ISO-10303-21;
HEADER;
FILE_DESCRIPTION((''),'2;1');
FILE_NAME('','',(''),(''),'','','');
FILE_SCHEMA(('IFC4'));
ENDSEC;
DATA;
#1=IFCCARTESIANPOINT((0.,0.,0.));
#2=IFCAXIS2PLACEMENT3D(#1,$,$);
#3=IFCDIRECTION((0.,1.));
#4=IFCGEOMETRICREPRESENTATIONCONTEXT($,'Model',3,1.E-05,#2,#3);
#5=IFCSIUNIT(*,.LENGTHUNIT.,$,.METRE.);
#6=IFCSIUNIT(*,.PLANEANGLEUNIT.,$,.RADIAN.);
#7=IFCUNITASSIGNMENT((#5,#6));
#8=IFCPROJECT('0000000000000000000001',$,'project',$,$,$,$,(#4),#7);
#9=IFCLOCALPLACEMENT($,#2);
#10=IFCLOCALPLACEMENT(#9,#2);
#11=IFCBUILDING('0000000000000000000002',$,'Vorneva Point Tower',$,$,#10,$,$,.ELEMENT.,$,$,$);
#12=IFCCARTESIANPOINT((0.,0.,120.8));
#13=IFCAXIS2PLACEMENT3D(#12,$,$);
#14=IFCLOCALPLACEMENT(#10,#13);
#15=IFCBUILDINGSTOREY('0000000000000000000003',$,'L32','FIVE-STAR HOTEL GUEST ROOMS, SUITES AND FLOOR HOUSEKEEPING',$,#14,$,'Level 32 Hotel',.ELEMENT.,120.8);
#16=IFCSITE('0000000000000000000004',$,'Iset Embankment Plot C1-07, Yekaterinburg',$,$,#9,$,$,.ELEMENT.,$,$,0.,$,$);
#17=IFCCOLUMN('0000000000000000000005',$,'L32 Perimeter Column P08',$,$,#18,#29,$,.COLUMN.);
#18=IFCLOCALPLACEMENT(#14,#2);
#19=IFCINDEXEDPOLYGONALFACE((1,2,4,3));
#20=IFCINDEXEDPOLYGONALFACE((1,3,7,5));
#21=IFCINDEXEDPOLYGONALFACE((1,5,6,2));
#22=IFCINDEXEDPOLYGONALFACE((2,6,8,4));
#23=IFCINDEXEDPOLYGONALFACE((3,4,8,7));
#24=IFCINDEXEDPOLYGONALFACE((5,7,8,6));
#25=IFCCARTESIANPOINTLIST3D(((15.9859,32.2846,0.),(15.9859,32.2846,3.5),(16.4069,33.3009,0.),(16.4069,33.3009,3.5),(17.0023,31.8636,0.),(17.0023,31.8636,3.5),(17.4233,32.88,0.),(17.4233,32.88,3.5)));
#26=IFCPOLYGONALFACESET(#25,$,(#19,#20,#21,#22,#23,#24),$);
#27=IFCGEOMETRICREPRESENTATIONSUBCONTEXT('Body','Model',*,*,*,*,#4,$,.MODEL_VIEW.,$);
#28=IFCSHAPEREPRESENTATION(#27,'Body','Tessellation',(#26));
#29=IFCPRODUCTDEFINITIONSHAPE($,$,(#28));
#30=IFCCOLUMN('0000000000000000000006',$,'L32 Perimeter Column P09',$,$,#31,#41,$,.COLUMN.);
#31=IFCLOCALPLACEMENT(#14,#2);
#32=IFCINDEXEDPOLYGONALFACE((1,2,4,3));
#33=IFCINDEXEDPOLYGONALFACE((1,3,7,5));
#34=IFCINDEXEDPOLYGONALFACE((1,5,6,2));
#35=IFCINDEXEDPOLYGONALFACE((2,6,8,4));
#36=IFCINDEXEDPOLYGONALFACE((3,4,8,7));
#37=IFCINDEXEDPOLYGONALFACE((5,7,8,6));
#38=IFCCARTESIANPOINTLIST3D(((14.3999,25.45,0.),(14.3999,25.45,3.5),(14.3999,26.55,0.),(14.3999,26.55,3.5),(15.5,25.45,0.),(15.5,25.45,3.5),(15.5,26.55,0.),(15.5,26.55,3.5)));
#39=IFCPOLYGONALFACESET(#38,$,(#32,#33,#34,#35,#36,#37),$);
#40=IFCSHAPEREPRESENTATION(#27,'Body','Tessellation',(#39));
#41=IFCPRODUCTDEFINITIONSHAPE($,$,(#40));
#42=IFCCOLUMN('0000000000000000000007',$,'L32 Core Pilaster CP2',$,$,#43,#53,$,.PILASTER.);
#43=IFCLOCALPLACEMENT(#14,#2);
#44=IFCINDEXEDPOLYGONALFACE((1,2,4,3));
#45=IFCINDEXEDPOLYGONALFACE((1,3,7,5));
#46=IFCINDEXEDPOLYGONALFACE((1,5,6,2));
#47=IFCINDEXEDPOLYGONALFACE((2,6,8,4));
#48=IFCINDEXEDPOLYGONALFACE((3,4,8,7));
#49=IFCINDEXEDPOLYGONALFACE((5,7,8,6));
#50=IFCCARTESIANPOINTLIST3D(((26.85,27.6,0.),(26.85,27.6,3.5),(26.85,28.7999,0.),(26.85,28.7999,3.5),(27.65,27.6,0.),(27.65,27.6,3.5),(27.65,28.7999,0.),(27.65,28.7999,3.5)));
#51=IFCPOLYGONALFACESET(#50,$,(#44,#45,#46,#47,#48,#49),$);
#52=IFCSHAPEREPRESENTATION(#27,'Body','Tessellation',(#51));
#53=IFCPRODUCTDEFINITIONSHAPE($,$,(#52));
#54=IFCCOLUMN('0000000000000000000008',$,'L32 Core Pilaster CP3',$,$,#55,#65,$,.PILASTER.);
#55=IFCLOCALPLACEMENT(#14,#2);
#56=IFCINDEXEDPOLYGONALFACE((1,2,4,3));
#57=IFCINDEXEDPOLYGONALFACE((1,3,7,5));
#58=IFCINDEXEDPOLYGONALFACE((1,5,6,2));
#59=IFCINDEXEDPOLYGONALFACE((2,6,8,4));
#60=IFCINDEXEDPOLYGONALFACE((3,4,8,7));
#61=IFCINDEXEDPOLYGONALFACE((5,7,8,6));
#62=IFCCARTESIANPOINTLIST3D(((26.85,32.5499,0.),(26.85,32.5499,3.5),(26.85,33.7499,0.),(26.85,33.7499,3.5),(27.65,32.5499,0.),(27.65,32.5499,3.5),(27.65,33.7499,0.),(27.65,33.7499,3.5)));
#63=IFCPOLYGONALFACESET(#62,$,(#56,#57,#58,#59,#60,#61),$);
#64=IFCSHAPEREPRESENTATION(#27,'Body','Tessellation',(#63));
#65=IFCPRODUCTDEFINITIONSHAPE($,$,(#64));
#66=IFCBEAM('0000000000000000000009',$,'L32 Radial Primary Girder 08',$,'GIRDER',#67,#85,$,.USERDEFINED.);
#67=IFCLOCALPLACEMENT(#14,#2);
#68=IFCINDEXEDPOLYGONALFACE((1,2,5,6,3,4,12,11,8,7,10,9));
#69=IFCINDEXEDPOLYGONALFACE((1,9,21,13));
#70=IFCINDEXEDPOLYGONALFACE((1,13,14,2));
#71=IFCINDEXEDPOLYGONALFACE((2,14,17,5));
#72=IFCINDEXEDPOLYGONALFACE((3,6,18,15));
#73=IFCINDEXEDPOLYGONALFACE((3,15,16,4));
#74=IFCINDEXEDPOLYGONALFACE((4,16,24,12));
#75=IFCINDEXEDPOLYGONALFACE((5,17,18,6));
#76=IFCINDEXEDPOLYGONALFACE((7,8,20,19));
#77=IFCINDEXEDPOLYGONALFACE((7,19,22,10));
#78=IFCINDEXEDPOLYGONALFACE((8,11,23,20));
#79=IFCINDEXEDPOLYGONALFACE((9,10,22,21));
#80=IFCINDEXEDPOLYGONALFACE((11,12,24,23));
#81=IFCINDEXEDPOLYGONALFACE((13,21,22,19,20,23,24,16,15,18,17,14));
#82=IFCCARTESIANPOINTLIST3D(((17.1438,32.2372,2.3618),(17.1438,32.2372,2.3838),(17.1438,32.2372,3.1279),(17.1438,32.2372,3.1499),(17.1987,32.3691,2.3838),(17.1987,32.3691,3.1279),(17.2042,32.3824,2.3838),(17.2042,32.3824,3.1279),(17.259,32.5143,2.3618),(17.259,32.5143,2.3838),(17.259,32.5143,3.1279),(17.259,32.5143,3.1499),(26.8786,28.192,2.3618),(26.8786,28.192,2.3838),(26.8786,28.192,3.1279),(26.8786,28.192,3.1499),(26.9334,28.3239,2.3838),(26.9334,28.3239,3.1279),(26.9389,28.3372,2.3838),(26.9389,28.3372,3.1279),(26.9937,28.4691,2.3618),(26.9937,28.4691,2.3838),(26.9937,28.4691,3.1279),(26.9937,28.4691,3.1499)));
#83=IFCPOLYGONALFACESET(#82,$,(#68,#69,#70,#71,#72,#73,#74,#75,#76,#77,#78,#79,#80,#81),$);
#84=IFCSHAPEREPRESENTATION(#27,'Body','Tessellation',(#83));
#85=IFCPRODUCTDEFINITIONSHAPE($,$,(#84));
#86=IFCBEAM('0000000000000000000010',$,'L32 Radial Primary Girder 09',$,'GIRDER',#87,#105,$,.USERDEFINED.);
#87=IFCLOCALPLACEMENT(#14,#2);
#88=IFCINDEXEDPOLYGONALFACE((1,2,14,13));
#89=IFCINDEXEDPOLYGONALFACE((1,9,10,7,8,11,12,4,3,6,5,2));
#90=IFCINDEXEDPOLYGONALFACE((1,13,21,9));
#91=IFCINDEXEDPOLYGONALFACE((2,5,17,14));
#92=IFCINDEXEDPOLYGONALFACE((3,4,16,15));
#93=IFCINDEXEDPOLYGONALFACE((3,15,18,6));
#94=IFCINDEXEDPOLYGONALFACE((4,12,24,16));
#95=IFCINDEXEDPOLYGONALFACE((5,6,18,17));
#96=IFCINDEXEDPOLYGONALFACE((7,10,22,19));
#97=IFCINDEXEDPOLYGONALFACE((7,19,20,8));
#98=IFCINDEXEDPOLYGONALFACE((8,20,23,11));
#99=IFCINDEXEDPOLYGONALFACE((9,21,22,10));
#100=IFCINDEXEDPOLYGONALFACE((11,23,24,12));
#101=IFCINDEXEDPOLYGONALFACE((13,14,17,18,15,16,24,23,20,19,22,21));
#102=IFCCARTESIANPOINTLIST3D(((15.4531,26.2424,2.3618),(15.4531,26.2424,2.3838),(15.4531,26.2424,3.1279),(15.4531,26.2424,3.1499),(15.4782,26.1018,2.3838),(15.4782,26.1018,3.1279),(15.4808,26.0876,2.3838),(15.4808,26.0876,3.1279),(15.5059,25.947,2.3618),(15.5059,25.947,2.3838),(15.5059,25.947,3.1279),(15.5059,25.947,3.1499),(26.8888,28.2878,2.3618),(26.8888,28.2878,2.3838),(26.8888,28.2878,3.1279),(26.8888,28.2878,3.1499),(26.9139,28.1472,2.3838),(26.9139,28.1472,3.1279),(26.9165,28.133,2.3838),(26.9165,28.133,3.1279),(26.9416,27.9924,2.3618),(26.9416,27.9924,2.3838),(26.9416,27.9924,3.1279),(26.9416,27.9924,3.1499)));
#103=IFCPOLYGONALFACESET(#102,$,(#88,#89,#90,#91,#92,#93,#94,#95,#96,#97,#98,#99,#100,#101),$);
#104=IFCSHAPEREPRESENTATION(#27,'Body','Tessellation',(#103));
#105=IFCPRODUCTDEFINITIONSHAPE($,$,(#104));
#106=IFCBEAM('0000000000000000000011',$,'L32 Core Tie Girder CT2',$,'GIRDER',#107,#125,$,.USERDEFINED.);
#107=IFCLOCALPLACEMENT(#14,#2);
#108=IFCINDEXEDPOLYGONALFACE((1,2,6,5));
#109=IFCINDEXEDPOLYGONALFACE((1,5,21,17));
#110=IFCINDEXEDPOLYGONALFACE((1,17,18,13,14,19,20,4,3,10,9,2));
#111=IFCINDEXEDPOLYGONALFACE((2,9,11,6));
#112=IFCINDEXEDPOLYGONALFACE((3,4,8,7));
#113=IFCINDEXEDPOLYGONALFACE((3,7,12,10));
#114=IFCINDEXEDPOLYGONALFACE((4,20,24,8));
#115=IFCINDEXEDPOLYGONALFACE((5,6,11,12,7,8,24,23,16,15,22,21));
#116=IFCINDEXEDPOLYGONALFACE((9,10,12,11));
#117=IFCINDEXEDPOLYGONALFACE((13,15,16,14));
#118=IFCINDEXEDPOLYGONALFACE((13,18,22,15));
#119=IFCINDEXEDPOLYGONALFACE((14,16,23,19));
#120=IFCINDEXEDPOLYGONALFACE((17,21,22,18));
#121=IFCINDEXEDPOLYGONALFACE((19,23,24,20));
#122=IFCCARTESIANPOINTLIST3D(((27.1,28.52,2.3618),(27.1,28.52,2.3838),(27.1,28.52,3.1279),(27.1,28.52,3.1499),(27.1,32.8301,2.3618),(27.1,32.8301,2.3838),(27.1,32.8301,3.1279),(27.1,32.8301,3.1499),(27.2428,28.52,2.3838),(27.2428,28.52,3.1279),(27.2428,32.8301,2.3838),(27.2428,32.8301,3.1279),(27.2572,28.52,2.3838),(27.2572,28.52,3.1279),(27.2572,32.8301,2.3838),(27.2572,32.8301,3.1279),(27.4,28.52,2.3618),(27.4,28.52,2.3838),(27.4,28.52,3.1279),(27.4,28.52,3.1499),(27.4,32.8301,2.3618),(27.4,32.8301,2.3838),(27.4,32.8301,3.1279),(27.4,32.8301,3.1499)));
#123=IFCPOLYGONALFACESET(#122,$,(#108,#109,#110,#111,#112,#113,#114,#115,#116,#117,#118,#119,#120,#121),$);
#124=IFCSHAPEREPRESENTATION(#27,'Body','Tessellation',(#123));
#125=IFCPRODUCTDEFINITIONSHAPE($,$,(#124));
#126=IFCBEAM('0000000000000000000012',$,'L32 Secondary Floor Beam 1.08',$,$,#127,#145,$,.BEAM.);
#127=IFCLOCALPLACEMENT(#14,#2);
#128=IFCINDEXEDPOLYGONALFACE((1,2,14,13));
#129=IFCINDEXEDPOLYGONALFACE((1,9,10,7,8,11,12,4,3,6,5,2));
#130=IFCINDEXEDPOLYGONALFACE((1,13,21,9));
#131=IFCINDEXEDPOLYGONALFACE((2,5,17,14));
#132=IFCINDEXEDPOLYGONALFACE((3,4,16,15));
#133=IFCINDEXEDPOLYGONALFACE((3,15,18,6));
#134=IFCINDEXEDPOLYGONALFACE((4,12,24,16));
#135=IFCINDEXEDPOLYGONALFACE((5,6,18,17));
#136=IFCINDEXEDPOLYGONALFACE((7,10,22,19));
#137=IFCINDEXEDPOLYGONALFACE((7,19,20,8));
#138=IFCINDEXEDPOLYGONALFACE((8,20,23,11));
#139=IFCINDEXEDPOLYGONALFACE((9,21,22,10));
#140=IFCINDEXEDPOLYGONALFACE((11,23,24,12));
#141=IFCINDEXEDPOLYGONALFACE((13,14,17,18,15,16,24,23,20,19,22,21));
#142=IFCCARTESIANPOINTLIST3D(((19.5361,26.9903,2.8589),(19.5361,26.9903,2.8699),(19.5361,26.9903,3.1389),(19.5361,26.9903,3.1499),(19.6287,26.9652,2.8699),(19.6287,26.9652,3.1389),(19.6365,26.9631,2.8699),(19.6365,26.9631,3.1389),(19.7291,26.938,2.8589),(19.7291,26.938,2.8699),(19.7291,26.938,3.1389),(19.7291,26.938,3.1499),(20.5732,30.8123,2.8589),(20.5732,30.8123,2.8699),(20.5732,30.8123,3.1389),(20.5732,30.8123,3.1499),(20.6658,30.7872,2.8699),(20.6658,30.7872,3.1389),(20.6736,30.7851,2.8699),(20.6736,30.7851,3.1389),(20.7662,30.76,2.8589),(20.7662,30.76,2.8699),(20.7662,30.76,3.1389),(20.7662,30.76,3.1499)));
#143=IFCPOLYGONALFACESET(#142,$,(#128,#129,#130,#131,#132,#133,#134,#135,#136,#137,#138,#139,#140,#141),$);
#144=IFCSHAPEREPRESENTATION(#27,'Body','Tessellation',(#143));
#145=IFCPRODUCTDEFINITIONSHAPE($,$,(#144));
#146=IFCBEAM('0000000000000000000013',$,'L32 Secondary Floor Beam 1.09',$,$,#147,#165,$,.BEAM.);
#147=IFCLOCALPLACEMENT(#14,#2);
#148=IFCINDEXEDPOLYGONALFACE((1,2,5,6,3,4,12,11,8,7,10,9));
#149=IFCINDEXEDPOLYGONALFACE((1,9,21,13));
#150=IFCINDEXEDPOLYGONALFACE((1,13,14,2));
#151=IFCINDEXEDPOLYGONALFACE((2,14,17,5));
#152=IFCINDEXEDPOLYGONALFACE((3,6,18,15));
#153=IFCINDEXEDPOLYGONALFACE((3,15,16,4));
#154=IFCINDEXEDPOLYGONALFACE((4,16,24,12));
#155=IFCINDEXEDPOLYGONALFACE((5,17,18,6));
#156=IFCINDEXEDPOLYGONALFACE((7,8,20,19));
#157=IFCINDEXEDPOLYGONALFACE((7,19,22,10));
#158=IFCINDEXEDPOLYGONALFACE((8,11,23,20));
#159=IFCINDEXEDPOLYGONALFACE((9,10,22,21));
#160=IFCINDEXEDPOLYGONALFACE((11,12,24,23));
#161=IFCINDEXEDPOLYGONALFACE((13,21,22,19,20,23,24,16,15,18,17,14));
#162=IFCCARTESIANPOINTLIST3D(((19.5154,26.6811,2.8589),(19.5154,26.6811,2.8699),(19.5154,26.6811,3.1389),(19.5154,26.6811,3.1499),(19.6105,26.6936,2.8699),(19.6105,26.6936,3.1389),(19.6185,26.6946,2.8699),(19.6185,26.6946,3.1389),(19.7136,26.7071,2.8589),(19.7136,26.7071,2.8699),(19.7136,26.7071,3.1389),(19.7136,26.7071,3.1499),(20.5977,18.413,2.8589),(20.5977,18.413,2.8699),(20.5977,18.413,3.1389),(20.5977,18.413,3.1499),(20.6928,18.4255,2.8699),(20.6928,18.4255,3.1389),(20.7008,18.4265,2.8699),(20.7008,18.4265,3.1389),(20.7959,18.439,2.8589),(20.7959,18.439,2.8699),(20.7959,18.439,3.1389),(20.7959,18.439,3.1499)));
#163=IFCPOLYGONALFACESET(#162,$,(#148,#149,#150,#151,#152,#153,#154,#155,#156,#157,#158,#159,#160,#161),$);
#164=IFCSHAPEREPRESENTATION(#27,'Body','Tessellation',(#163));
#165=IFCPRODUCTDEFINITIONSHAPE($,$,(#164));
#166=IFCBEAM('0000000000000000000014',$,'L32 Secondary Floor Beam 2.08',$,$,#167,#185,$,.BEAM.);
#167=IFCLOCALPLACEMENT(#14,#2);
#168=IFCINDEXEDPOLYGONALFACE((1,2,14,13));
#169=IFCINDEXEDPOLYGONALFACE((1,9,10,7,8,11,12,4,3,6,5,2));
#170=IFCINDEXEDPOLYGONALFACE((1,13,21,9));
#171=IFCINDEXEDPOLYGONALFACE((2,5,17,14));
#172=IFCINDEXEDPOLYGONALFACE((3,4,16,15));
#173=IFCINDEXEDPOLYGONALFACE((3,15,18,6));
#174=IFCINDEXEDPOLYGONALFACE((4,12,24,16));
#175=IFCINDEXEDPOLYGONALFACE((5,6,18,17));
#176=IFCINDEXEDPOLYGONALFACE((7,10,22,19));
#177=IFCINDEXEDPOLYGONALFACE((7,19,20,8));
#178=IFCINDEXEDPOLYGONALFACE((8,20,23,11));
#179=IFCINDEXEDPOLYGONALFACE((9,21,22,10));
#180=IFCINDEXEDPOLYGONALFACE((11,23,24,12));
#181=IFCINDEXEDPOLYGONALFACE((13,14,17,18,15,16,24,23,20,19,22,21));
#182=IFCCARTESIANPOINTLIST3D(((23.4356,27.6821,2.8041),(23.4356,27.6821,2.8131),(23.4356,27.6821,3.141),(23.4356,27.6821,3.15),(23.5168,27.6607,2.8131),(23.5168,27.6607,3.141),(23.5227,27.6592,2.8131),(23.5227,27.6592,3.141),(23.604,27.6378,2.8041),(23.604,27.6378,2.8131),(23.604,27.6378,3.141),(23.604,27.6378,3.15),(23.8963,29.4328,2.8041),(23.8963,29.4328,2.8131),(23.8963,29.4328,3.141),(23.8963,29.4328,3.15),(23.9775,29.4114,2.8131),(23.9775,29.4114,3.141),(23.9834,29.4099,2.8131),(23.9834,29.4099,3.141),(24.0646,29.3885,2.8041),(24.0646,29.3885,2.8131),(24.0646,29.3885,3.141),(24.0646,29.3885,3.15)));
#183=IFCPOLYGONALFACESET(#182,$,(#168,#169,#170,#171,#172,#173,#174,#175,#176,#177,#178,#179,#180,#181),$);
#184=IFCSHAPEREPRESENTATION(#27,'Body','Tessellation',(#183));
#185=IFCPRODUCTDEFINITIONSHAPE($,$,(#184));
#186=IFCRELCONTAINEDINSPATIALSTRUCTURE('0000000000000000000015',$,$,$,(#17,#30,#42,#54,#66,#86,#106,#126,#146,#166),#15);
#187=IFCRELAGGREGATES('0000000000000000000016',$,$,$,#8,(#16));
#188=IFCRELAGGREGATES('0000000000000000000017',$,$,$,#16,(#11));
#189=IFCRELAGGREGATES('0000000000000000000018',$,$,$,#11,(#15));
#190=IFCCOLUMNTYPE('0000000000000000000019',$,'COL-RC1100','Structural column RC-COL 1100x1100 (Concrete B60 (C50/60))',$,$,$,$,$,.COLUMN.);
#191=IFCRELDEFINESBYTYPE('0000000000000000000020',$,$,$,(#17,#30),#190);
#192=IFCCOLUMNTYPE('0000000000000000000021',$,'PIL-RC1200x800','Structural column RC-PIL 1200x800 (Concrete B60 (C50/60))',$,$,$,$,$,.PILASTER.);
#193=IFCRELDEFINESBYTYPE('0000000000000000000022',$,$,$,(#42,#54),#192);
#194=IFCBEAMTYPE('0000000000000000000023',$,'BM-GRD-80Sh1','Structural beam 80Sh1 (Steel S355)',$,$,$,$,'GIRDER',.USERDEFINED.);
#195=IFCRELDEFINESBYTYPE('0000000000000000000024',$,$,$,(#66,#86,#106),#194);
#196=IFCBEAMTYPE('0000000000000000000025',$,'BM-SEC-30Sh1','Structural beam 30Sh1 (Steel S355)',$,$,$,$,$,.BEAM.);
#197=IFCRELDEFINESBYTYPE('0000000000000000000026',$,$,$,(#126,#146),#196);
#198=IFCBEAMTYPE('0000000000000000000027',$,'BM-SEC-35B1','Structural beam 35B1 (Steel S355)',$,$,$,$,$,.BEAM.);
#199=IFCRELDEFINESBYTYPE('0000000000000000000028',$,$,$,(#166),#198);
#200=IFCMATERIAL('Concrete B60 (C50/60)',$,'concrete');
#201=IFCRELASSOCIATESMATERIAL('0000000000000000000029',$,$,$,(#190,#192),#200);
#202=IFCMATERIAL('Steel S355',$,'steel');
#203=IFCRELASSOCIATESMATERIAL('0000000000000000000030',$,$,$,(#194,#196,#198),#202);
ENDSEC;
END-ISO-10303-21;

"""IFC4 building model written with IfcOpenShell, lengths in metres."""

from ifc_helpers import new_model, si_unit, direction, frame, origin, origin_2d, place, context, subcontext, project, spatial, rectangle, i_section, extrude, material, material_profile, profile_set, type_object, element, save


model = new_model("IFC4")

# Units and contexts
model_context = context("Model", 3, precision=1e-05, world=origin(), true_north=direction((0.0, 1.0)))
body_context = subcontext(model_context, "Body", "Model", "MODEL_VIEW")
ifc_project = project(units=[si_unit("LENGTHUNIT", "METRE"), si_unit("PLANEANGLEUNIT", "RADIAN")], contexts=[model_context])

# Site, building, storey
site_placement = place(None, origin())
site = spatial("IfcSite", under=ifc_project, at=site_placement, Name="Iset Embankment Plot C1-07, Yekaterinburg", CompositionType="ELEMENT", RefElevation=0.0)
building_placement = place(site_placement, origin())
building = spatial("IfcBuilding", under=site, at=building_placement, Name="Vorneva Point Tower", CompositionType="ELEMENT")
storey_placement = place(building_placement, frame((0.0, 0.0, 120.8)))
storey = spatial("IfcBuildingStorey", under=building, at=storey_placement, Name="L32", Description="FIVE-STAR HOTEL GUEST ROOMS, SUITES AND FLOOR HOUSEKEEPING", LongName="Level 32 Hotel", CompositionType="ELEMENT", Elevation=120.8)

# Columns
ifc_material_1 = material(Name="Concrete B60 (C50/60)", Category="concrete")
ifc_material_profile_1 = material_profile(ifc_material_1, rectangle(XDim=1.1001, YDim=1.1001, at=origin_2d()), Name="RC-COL 1100x1100")
ifc_profile_set_1 = profile_set([ifc_material_profile_1], Name="Concrete B60 (C50/60)")
column_type_1 = type_object("IfcColumnType", Name="COL-RC1100", Description="Structural column RC-COL 1100x1100 (Concrete B60 (C50/60))", PredefinedType="COLUMN", material=ifc_profile_set_1)
for number, where, z_axis, x_axis, name in (
    (1, (16.7046, 32.5823, 0.0), (0.0, 0.0, 1.0), (-0.92388, 0.382683, 0.0), "L32 Perimeter Column P08"),
    (2, (14.95, 26.0, 0.0), (0.0, 0.0, 1.0), (-1.0, 0.0, 0.0), "L32 Perimeter Column P09"),
):
    element("IfcColumn", number, at=place(storey_placement, frame(where, z_axis=z_axis, x_axis=x_axis)), inside=storey, type_object=column_type_1, Name=name, PredefinedType="COLUMN", context=body_context, shape_type="SweptSolid", body=[
        extrude(rectangle(XDim=1.1001, YDim=1.1001, at=origin_2d()), origin(), (0.0, 0.0, 1.0), 3.5),
    ])
ifc_material_profile_2 = material_profile(ifc_material_1, rectangle(XDim=0.8, YDim=1.2, at=origin_2d()), Name="RC-PIL 1200x800")
ifc_profile_set_2 = profile_set([ifc_material_profile_2], Name="Concrete B60 (C50/60)")
column_type_2 = type_object("IfcColumnType", Name="PIL-RC1200x800", Description="Structural column RC-PIL 1200x800 (Concrete B60 (C50/60))", PredefinedType="PILASTER", material=ifc_profile_set_2)
for number, where, z_axis, x_axis, name in (
    (3, (27.25, 28.2, 0.0), (0.0, 0.0, 1.0), (1.0, 0.0, 0.0), "L32 Core Pilaster CP2"),
    (4, (27.25, 33.1499, 0.0), (0.0, 0.0, 1.0), (1.0, 0.0, 0.0), "L32 Core Pilaster CP3"),
):
    element("IfcColumn", number, at=place(storey_placement, frame(where, z_axis=z_axis, x_axis=x_axis)), inside=storey, type_object=column_type_2, Name=name, PredefinedType="PILASTER", context=body_context, shape_type="SweptSolid", body=[
        extrude(rectangle(XDim=0.8, YDim=1.2, at=origin_2d()), origin(), (0.0, 0.0, 1.0), 3.5),
    ])

# Beams
ifc_material_2 = material(Name="Steel S355", Category="steel")
ifc_material_profile_3 = material_profile(ifc_material_2, i_section(OverallWidth=0.3, OverallDepth=0.7881, WebThickness=0.0144, FlangeThickness=0.022, at=origin_2d()), Name="80Sh1")
ifc_profile_set_3 = profile_set([ifc_material_profile_3], Name="Steel S355")
beam_type_1 = type_object("IfcBeamType", Name="BM-GRD-80Sh1", Description="Structural beam 80Sh1 (Steel S355)", ElementType="GIRDER", PredefinedType="USERDEFINED", material=ifc_profile_set_3)
beam_1_placement = place(storey_placement, frame((17.2014, 32.3757, 2.7559), z_axis=(0.923444, -0.383732, 0.0), x_axis=(0.383732, 0.923444, 0.0)))
element("IfcBeam", 5, at=beam_1_placement, inside=storey, type_object=beam_type_1, Name="L32 Radial Primary Girder 08", ObjectType="GIRDER", PredefinedType="USERDEFINED", context=body_context, shape_type="SweptSolid", body=[
    extrude(i_section(OverallWidth=0.3, OverallDepth=0.7881, WebThickness=0.0144, FlangeThickness=0.022, at=origin_2d()), origin(), (0.0, 0.0, 1.0), 10.5417),
])
beam_2_placement = place(storey_placement, frame((15.4795, 26.0947, 2.7559), z_axis=(0.984378, 0.176066, 0.0), x_axis=(-0.176066, 0.984378, 0.0)))
element("IfcBeam", 6, at=beam_2_placement, inside=storey, type_object=beam_type_1, Name="L32 Radial Primary Girder 09", ObjectType="GIRDER", PredefinedType="USERDEFINED", context=body_context, shape_type="SweptSolid", body=[
    extrude(i_section(OverallWidth=0.3, OverallDepth=0.7881, WebThickness=0.0144, FlangeThickness=0.022, at=origin_2d()), origin(), (0.0, 0.0, 1.0), 11.6172),
])
beam_3_placement = place(storey_placement, frame((27.25, 28.52, 2.7559), z_axis=(0.0, 1.0, 0.0), x_axis=(-1.0, 0.0, 0.0)))
element("IfcBeam", 7, at=beam_3_placement, inside=storey, type_object=beam_type_1, Name="L32 Core Tie Girder CT2", ObjectType="GIRDER", PredefinedType="USERDEFINED", context=body_context, shape_type="SweptSolid", body=[
    extrude(i_section(OverallWidth=0.3, OverallDepth=0.7881, WebThickness=0.0144, FlangeThickness=0.022, at=origin_2d()), origin(), (0.0, 0.0, 1.0), 4.3101),
])
ifc_material_profile_4 = material_profile(ifc_material_2, i_section(OverallWidth=0.2, OverallDepth=0.291, WebThickness=0.0081, FlangeThickness=0.011, at=origin_2d()), Name="30Sh1")
ifc_profile_set_4 = profile_set([ifc_material_profile_4], Name="Steel S355")
beam_type_2 = type_object("IfcBeamType", Name="BM-SEC-30Sh1", Description="Structural beam 30Sh1 (Steel S355)", PredefinedType="BEAM", material=ifc_profile_set_4)
beam_4_placement = place(storey_placement, frame((20.6697, 30.7861, 3.0044), z_axis=(-0.261881, -0.9651, 0.0), x_axis=(0.9651, -0.261881, 0.0)))
element("IfcBeam", 8, at=beam_4_placement, inside=storey, type_object=beam_type_2, Name="L32 Secondary Floor Beam 1.08", PredefinedType="BEAM", context=body_context, shape_type="SweptSolid", body=[
    extrude(i_section(OverallWidth=0.2, OverallDepth=0.291, WebThickness=0.0081, FlangeThickness=0.011, at=origin_2d()), origin(), (0.0, 0.0, 1.0), 3.9602),
])
beam_5_placement = place(storey_placement, frame((19.6145, 26.6941, 3.0044), z_axis=(0.129791, -0.991541, 0.0), x_axis=(0.991541, 0.129791, 0.0)))
element("IfcBeam", 9, at=beam_5_placement, inside=storey, type_object=beam_type_2, Name="L32 Secondary Floor Beam 1.09", PredefinedType="BEAM", context=body_context, shape_type="SweptSolid", body=[
    extrude(i_section(OverallWidth=0.2, OverallDepth=0.291, WebThickness=0.0081, FlangeThickness=0.011, at=origin_2d()), origin(), (0.0, 0.0, 1.0), 8.3386),
])
ifc_material_profile_5 = material_profile(ifc_material_2, i_section(OverallWidth=0.1741, OverallDepth=0.3459, WebThickness=0.0061, FlangeThickness=0.009, at=origin_2d()), Name="35B1")
ifc_profile_set_5 = profile_set([ifc_material_profile_5], Name="Steel S355")
beam_type_3 = type_object("IfcBeamType", Name="BM-SEC-35B1", Description="Structural beam 35B1 (Steel S355)", PredefinedType="BEAM", material=ifc_profile_set_5)
beam_6_placement = place(storey_placement, frame((23.9805, 29.4106, 2.9771), z_axis=(-0.25448, -0.967078, 0.0), x_axis=(0.967078, -0.25448, 0.0)))
element("IfcBeam", 10, at=beam_6_placement, inside=storey, type_object=beam_type_3, Name="L32 Secondary Floor Beam 2.08", PredefinedType="BEAM", context=body_context, shape_type="SweptSolid", body=[
    extrude(i_section(OverallWidth=0.1741, OverallDepth=0.3459, WebThickness=0.0061, FlangeThickness=0.009, at=origin_2d()), origin(), (0.0, 0.0, 1.0), 1.8103),
])

save(model, "model.ifc")
